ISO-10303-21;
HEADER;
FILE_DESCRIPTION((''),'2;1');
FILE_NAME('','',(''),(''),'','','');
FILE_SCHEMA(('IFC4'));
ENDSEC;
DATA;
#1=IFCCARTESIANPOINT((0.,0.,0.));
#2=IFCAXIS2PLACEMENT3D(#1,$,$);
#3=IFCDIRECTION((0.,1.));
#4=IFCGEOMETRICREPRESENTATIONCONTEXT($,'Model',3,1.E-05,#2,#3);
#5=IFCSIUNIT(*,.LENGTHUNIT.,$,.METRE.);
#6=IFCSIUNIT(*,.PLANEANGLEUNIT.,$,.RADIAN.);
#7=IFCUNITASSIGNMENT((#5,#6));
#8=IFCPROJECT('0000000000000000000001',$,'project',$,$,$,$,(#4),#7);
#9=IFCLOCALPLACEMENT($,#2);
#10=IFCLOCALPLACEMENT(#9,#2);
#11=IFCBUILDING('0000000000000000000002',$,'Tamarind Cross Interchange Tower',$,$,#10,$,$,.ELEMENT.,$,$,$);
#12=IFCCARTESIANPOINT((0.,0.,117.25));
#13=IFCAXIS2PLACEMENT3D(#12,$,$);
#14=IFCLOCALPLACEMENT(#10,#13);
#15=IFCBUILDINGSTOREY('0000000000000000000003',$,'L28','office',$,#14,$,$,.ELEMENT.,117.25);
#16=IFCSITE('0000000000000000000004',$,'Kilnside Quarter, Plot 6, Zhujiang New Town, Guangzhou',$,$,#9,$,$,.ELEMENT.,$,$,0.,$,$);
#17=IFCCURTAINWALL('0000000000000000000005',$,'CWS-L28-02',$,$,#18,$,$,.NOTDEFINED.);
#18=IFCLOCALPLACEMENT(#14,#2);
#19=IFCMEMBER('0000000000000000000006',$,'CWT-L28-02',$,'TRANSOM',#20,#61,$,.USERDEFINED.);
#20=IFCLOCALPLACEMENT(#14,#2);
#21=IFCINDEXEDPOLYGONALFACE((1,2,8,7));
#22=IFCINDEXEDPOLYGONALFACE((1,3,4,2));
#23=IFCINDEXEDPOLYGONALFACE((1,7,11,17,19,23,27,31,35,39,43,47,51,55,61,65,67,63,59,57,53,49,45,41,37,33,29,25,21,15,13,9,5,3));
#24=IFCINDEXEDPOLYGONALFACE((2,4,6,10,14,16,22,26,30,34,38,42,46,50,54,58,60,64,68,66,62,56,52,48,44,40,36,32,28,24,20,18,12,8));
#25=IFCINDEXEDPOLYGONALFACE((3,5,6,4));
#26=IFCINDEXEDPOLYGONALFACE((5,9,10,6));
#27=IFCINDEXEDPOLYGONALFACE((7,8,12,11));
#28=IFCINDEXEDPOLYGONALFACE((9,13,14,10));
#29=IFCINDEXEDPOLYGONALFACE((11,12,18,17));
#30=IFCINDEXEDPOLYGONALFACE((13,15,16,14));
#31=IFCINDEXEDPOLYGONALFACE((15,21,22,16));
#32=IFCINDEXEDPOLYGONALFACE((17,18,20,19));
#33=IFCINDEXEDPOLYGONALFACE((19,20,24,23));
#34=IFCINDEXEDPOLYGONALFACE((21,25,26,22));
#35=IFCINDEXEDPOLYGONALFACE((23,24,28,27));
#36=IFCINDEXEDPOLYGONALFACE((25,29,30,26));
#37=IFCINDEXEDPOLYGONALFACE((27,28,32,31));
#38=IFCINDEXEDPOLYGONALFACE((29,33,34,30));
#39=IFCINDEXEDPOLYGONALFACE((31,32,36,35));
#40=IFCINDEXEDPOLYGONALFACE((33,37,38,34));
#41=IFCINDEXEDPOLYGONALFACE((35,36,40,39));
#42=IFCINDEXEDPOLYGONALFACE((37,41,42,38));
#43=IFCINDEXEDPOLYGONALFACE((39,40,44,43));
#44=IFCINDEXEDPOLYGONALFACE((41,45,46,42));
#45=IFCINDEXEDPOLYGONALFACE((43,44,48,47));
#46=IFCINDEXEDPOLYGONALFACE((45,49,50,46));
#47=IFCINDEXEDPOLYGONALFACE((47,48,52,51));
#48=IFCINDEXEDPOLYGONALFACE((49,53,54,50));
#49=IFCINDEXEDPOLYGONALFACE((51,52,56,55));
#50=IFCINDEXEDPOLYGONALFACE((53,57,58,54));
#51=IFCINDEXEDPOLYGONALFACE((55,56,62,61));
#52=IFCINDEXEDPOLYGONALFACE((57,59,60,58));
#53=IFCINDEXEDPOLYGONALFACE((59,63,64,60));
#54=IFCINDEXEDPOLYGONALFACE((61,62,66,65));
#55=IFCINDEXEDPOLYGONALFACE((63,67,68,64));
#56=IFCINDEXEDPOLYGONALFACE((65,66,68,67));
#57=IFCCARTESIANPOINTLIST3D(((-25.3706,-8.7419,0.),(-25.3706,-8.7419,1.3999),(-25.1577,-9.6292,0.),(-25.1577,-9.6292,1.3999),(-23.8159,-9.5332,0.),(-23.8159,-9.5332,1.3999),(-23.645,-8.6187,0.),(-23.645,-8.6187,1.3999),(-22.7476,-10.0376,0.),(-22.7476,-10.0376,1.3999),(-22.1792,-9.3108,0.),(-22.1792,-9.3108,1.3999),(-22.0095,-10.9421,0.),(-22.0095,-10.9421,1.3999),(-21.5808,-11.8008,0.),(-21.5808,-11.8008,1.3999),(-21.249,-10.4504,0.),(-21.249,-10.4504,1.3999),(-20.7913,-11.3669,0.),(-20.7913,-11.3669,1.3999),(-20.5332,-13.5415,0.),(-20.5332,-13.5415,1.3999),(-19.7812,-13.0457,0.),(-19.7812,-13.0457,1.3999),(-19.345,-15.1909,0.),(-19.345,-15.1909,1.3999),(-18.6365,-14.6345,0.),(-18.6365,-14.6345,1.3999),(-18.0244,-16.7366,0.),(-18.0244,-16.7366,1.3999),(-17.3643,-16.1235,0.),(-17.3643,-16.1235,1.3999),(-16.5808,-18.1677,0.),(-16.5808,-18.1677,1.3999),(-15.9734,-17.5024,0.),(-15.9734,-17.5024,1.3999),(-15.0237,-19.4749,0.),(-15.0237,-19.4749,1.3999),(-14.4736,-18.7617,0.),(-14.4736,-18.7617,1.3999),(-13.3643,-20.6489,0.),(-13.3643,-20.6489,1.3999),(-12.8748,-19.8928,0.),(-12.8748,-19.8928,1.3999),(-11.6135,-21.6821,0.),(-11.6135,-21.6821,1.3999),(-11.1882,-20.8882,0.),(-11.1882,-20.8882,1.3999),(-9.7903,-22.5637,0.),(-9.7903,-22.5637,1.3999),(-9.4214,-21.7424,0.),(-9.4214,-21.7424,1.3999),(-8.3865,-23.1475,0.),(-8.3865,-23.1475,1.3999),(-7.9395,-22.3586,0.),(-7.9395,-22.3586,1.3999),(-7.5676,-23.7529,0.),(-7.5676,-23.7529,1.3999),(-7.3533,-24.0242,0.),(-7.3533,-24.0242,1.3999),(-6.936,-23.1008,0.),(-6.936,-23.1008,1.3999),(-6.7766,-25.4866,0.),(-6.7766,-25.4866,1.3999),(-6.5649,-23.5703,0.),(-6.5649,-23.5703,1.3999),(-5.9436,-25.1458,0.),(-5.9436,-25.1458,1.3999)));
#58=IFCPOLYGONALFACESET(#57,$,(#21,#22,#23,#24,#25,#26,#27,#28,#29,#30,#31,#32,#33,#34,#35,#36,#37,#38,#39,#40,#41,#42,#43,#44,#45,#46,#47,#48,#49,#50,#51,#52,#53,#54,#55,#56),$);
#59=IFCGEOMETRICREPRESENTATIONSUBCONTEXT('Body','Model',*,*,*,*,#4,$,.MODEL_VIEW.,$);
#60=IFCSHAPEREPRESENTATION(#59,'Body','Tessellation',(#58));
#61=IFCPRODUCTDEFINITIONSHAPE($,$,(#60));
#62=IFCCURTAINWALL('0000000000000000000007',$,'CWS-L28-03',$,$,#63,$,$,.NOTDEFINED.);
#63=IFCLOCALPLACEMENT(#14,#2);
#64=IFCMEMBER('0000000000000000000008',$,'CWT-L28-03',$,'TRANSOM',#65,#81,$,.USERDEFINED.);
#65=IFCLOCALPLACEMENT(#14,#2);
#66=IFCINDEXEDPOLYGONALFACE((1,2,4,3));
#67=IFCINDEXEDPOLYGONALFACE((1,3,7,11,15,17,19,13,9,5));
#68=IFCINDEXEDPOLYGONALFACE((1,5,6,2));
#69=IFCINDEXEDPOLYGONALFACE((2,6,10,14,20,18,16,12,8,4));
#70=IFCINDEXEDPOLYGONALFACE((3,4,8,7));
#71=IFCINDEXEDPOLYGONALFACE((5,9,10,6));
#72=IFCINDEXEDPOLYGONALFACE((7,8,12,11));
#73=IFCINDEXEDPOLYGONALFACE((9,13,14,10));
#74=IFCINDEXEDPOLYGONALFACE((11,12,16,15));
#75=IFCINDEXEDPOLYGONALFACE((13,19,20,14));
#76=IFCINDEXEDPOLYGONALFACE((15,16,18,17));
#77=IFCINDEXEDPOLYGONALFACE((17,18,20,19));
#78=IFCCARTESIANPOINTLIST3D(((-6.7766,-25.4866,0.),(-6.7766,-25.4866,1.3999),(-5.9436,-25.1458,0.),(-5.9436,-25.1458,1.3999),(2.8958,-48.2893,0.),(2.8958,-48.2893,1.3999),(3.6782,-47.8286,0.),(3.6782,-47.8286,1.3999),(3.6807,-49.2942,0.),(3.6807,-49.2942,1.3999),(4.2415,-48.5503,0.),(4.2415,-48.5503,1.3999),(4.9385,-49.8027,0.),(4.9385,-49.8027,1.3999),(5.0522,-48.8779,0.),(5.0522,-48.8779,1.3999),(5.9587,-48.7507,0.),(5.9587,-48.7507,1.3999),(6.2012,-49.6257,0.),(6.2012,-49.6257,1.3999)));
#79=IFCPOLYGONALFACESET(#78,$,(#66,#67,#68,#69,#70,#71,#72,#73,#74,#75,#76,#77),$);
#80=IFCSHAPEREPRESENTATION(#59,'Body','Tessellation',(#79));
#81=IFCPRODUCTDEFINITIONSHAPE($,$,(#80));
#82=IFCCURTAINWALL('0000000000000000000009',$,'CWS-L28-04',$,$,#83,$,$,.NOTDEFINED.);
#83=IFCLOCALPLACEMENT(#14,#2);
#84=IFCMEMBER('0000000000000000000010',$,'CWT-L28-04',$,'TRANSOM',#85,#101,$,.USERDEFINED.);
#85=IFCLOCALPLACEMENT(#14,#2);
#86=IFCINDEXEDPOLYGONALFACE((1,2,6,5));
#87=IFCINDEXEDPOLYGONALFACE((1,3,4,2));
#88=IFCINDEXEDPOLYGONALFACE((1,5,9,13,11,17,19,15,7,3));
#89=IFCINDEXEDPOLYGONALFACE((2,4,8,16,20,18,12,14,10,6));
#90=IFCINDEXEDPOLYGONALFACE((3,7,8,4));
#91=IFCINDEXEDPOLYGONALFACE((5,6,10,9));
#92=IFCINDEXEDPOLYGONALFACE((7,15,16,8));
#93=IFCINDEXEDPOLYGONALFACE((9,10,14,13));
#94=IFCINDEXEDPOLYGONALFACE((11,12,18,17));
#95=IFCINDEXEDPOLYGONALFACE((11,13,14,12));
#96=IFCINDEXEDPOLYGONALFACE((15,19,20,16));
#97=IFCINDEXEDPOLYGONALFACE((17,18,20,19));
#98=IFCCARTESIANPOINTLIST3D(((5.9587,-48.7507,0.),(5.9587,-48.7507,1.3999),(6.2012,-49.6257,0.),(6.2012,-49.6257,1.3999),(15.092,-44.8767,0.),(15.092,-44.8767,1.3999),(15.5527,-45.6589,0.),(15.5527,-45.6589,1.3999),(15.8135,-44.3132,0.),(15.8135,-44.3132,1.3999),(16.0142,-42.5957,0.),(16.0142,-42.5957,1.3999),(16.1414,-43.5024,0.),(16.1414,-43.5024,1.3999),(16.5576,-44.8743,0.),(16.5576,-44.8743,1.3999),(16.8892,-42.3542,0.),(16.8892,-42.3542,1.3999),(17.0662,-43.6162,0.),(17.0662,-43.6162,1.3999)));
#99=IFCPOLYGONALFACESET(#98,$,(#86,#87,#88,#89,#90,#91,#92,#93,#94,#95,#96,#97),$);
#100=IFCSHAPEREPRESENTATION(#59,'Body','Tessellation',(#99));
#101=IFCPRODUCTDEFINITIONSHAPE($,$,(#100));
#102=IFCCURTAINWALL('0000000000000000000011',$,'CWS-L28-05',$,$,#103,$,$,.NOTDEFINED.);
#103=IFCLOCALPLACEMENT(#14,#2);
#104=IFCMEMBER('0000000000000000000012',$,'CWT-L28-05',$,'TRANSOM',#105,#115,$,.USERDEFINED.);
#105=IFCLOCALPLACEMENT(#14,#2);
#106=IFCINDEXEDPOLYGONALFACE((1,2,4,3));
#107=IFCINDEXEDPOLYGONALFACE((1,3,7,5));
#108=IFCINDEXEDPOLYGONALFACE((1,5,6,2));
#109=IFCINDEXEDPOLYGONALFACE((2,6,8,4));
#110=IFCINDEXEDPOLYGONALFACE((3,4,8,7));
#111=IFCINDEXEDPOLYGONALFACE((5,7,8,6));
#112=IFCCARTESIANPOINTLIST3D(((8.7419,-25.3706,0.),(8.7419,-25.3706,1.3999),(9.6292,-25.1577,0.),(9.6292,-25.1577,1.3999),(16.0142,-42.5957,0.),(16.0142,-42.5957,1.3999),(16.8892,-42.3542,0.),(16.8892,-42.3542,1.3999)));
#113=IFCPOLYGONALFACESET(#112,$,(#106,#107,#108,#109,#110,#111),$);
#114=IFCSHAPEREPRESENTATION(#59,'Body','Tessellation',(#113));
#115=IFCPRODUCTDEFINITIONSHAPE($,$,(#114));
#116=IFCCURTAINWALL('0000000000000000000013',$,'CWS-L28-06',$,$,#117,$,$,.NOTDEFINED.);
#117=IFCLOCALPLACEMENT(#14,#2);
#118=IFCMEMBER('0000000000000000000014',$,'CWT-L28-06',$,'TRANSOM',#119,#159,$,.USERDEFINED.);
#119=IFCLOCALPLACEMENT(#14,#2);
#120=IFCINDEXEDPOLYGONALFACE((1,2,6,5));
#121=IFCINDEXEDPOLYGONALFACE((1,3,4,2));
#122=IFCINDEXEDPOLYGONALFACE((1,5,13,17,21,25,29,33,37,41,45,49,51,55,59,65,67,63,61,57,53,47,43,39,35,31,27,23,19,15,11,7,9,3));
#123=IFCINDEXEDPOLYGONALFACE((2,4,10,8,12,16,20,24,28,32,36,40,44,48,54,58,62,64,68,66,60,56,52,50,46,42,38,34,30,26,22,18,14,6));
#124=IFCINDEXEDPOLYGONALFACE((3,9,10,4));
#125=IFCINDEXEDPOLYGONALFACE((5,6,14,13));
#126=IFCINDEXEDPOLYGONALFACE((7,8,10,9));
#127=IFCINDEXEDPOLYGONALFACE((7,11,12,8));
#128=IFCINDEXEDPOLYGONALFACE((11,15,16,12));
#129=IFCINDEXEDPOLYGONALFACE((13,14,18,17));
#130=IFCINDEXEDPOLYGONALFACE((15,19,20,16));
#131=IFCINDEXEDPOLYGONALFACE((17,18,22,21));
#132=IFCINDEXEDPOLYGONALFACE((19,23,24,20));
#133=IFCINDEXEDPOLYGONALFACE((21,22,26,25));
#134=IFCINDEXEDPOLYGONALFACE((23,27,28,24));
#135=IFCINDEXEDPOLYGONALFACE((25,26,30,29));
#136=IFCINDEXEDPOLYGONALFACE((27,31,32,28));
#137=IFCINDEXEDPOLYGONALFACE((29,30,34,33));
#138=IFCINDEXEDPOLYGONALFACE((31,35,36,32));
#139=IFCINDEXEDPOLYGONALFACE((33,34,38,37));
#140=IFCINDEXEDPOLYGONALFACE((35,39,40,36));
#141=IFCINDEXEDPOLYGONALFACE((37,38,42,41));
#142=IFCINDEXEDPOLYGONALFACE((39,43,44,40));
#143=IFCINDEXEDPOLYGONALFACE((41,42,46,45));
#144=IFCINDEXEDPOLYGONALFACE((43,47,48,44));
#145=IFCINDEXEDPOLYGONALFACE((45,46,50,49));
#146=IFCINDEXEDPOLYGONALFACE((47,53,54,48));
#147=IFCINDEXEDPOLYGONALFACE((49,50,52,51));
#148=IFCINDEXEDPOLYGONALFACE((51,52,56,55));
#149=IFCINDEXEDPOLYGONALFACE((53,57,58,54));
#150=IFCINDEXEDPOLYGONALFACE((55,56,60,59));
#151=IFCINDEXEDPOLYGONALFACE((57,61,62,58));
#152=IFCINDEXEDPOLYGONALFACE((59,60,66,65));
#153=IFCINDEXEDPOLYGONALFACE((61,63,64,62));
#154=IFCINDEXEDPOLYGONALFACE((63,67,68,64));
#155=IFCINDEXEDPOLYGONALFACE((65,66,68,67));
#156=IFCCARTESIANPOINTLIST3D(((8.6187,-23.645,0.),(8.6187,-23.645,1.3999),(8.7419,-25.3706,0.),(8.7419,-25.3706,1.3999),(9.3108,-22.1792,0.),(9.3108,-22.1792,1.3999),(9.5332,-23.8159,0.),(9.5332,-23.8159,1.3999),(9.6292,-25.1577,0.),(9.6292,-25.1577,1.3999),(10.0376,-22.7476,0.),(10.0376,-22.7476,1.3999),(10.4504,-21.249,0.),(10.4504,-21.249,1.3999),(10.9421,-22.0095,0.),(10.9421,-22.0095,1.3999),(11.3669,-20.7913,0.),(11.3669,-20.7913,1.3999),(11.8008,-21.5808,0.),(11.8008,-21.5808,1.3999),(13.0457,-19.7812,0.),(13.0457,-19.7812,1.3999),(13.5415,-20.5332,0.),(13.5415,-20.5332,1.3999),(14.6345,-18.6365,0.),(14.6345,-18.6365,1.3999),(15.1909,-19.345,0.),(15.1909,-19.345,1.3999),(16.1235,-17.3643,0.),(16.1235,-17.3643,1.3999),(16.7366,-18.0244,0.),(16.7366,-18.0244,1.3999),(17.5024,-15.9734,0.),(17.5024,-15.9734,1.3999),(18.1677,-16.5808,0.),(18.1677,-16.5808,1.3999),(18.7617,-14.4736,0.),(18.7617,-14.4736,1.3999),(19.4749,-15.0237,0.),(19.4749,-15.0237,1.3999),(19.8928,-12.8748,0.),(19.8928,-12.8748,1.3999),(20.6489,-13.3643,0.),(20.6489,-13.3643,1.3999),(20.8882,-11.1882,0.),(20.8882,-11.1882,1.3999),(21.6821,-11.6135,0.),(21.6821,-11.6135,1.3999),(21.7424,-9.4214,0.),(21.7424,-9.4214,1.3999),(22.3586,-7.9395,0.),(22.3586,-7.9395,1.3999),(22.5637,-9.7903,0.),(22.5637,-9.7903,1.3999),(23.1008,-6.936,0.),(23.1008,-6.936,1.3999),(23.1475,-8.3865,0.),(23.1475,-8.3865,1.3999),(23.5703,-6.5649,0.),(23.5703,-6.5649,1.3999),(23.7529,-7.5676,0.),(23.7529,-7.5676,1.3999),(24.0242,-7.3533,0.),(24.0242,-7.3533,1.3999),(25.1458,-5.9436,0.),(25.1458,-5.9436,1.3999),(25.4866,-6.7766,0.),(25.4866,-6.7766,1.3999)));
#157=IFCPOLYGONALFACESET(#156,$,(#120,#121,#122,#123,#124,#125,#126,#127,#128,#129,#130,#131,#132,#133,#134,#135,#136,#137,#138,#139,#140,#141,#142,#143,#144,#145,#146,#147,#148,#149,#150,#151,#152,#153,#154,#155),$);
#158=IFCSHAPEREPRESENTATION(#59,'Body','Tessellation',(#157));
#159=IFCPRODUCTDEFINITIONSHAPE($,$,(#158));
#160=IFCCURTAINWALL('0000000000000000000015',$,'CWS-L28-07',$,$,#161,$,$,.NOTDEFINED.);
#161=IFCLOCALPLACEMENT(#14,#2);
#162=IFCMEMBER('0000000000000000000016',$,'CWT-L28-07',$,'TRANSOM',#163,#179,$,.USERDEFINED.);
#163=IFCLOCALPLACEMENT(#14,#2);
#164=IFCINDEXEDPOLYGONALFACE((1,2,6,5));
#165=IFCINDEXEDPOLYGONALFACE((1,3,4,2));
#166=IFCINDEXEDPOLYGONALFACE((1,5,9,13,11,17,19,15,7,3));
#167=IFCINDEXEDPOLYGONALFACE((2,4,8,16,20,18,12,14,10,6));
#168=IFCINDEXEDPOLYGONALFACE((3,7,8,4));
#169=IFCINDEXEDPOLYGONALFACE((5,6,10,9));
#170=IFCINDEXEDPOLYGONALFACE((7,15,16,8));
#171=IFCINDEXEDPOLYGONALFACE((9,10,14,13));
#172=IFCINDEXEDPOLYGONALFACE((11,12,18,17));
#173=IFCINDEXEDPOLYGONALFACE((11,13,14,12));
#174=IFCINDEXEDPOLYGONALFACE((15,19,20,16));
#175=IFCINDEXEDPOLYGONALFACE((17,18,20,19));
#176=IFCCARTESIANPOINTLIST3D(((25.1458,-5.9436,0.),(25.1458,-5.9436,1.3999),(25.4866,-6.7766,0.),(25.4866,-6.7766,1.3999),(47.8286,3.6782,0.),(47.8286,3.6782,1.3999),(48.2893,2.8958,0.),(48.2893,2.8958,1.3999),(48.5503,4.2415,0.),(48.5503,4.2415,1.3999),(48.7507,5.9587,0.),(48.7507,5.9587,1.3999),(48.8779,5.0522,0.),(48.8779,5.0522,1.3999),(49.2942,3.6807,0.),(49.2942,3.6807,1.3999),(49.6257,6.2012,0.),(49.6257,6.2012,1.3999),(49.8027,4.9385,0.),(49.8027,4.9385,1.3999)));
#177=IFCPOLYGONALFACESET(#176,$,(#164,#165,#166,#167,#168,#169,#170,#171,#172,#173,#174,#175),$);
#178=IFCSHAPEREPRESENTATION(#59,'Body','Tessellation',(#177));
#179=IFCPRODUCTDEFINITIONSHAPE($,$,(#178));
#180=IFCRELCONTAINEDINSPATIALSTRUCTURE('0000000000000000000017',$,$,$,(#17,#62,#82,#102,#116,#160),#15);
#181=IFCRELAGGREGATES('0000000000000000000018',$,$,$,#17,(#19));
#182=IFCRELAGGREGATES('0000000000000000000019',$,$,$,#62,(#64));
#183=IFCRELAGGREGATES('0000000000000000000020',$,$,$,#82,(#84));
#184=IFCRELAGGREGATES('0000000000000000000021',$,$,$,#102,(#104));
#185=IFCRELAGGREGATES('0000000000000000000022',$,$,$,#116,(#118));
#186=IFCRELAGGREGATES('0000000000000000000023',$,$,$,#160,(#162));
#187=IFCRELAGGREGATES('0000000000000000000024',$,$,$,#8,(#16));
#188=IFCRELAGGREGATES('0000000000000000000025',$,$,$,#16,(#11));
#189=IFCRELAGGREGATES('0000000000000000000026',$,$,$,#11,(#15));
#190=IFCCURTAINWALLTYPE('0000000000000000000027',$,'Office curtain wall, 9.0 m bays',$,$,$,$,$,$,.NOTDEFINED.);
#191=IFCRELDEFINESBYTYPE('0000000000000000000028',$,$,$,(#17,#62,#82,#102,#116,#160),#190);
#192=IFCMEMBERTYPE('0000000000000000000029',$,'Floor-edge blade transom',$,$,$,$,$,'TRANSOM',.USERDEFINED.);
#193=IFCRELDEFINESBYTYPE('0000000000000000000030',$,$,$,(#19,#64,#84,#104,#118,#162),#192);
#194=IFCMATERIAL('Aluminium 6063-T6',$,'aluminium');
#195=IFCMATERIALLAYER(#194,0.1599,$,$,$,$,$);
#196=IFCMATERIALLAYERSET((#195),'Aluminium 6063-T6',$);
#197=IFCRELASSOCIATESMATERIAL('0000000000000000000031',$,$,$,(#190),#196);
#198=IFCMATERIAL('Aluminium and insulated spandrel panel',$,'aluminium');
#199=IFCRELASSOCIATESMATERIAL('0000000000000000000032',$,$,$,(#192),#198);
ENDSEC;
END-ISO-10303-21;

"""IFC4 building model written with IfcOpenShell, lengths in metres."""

from ifc_helpers import new_model, si_unit, direction, frame, origin, place, context, subcontext, project, spatial, polyline, outline, extrude, material, layer, layer_set, type_object, element, aggregate, save


model = new_model("IFC4")

# Units and contexts
model_context = context("Model", 3, precision=1e-05, world=origin(), true_north=direction((0.0, 1.0)))
body_context = subcontext(model_context, "Body", "Model", "MODEL_VIEW")
ifc_project = project(units=[si_unit("LENGTHUNIT", "METRE"), si_unit("PLANEANGLEUNIT", "RADIAN")], contexts=[model_context])

# Site, building, storey
site_placement = place(None, origin())
site = spatial("IfcSite", under=ifc_project, at=site_placement, Name="Kilnside Quarter, Plot 6, Zhujiang New Town, Guangzhou", CompositionType="ELEMENT", RefElevation=0.0)
building_placement = place(site_placement, origin())
building = spatial("IfcBuilding", under=site, at=building_placement, Name="Tamarind Cross Interchange Tower", CompositionType="ELEMENT")
storey_placement = place(building_placement, frame((0.0, 0.0, 117.25)))
storey = spatial("IfcBuildingStorey", under=building, at=storey_placement, Name="L28", Description="office", CompositionType="ELEMENT", Elevation=117.25)

# Curtain walls, members
ifc_material_1 = material(Name="Aluminium 6063-T6", Category="aluminium")
ifc_layer_1 = layer(ifc_material_1, 0.1599)
ifc_layer_set_1 = layer_set([ifc_layer_1], Name="Aluminium 6063-T6")
curtain_wall_type = type_object("IfcCurtainWallType", Name="Office curtain wall, 9.0 m bays", PredefinedType="NOTDEFINED", material=ifc_layer_set_1)
curtain_wall_1_placement = place(storey_placement, origin())
curtain_wall_1 = element("IfcCurtainWall", 1, at=curtain_wall_1_placement, inside=storey, type_object=curtain_wall_type, Name="CWS-L28-02", PredefinedType="NOTDEFINED")
ifc_material_2 = material(Name="Aluminium and insulated spandrel panel", Category="aluminium")
member_type = type_object("IfcMemberType", Name="Floor-edge blade transom", ElementType="TRANSOM", PredefinedType="USERDEFINED", material=ifc_material_2)
member_1_placement = place(storey_placement, origin())
member_1 = element("IfcMember", 2, at=member_1_placement, type_object=member_type, Name="CWT-L28-02", ObjectType="TRANSOM", PredefinedType="USERDEFINED", context=body_context, shape_type="SweptSolid", body=[
    extrude(outline(polyline([(-25.3706, -8.7419), (-23.645, -8.6187), (-22.1792, -9.3108), (-21.249, -10.4504), (-20.7913, -11.3669), (-19.7812, -13.0457), (-18.6365, -14.6345), (-17.3643, -16.1235), (-15.9734, -17.5024), (-14.4736, -18.7617), (-12.8748, -19.8928), (-11.1882, -20.8882), (-9.4214, -21.7424), (-7.9395, -22.3586), (-6.936, -23.1008), (-6.5649, -23.5703), (-5.9436, -25.1458), (-6.7766, -25.4866), (-7.3533, -24.0242), (-7.5676, -23.7529), (-8.3865, -23.1475), (-9.7903, -22.5637), (-11.6135, -21.6821), (-13.3643, -20.6489), (-15.0237, -19.4749), (-16.5808, -18.1677), (-18.0244, -16.7366), (-19.345, -15.1909), (-20.5332, -13.5415), (-21.5808, -11.8008), (-22.0095, -10.9421), (-22.7476, -10.0376), (-23.8159, -9.5332), (-25.1577, -9.6292), (-25.3706, -8.7419)])), origin(), (0.0, 0.0, 1.0), 1.3999),
])
curtain_wall_2_placement = place(storey_placement, origin())
curtain_wall_2 = element("IfcCurtainWall", 3, at=curtain_wall_2_placement, inside=storey, type_object=curtain_wall_type, Name="CWS-L28-03", PredefinedType="NOTDEFINED")
member_2_placement = place(storey_placement, origin())
member_2 = element("IfcMember", 4, at=member_2_placement, type_object=member_type, Name="CWT-L28-03", ObjectType="TRANSOM", PredefinedType="USERDEFINED", context=body_context, shape_type="SweptSolid", body=[
    extrude(outline(polyline([(-5.9436, -25.1458), (3.6782, -47.8286), (4.2415, -48.5503), (5.0522, -48.8779), (5.9587, -48.7507), (6.2012, -49.6257), (4.9385, -49.8027), (3.6807, -49.2942), (2.8958, -48.2893), (-6.7766, -25.4866), (-5.9436, -25.1458)])), origin(), (0.0, 0.0, 1.0), 1.3999),
])
curtain_wall_3_placement = place(storey_placement, origin())
curtain_wall_3 = element("IfcCurtainWall", 5, at=curtain_wall_3_placement, inside=storey, type_object=curtain_wall_type, Name="CWS-L28-04", PredefinedType="NOTDEFINED")
member_3_placement = place(storey_placement, origin())
member_3 = element("IfcMember", 6, at=member_3_placement, type_object=member_type, Name="CWT-L28-04", ObjectType="TRANSOM", PredefinedType="USERDEFINED", context=body_context, shape_type="SweptSolid", body=[
    extrude(outline(polyline([(5.9587, -48.7507), (15.092, -44.8767), (15.8135, -44.3132), (16.1414, -43.5024), (16.0142, -42.5957), (16.8892, -42.3542), (17.0662, -43.6162), (16.5576, -44.8743), (15.5527, -45.6589), (6.2012, -49.6257), (5.9587, -48.7507)])), origin(), (0.0, 0.0, 1.0), 1.3999),
])
curtain_wall_4_placement = place(storey_placement, origin())
curtain_wall_4 = element("IfcCurtainWall", 7, at=curtain_wall_4_placement, inside=storey, type_object=curtain_wall_type, Name="CWS-L28-05", PredefinedType="NOTDEFINED")
member_4_placement = place(storey_placement, origin())
member_4 = element("IfcMember", 8, at=member_4_placement, type_object=member_type, Name="CWT-L28-05", ObjectType="TRANSOM", PredefinedType="USERDEFINED", context=body_context, shape_type="SweptSolid", body=[
    extrude(outline(polyline([(16.0142, -42.5957), (8.7419, -25.3706), (9.6292, -25.1577), (16.8892, -42.3542), (16.0142, -42.5957)])), origin(), (0.0, 0.0, 1.0), 1.3999),
])
curtain_wall_5_placement = place(storey_placement, origin())
curtain_wall_5 = element("IfcCurtainWall", 9, at=curtain_wall_5_placement, inside=storey, type_object=curtain_wall_type, Name="CWS-L28-06", PredefinedType="NOTDEFINED")
member_5_placement = place(storey_placement, origin())
member_5 = element("IfcMember", 10, at=member_5_placement, type_object=member_type, Name="CWT-L28-06", ObjectType="TRANSOM", PredefinedType="USERDEFINED", context=body_context, shape_type="SweptSolid", body=[
    extrude(outline(polyline([(8.7419, -25.3706), (8.6187, -23.645), (9.3108, -22.1792), (10.4504, -21.249), (11.3669, -20.7913), (13.0457, -19.7812), (14.6345, -18.6365), (16.1235, -17.3643), (17.5024, -15.9734), (18.7617, -14.4736), (19.8928, -12.8748), (20.8882, -11.1882), (21.7424, -9.4214), (22.3586, -7.9395), (23.1008, -6.936), (23.5703, -6.5649), (25.1458, -5.9436), (25.4866, -6.7766), (24.0242, -7.3533), (23.7529, -7.5676), (23.1475, -8.3865), (22.5637, -9.7903), (21.6821, -11.6135), (20.6489, -13.3643), (19.4749, -15.0237), (18.1677, -16.5808), (16.7366, -18.0244), (15.1909, -19.345), (13.5415, -20.5332), (11.8008, -21.5808), (10.9421, -22.0095), (10.0376, -22.7476), (9.5332, -23.8159), (9.6292, -25.1577), (8.7419, -25.3706)])), origin(), (0.0, 0.0, 1.0), 1.3999),
])
curtain_wall_6_placement = place(storey_placement, origin())
curtain_wall_6 = element("IfcCurtainWall", 11, at=curtain_wall_6_placement, inside=storey, type_object=curtain_wall_type, Name="CWS-L28-07", PredefinedType="NOTDEFINED")
member_6_placement = place(storey_placement, origin())
member_6 = element("IfcMember", 12, at=member_6_placement, type_object=member_type, Name="CWT-L28-07", ObjectType="TRANSOM", PredefinedType="USERDEFINED", context=body_context, shape_type="SweptSolid", body=[
    extrude(outline(polyline([(25.1458, -5.9436), (47.8286, 3.6782), (48.5503, 4.2415), (48.8779, 5.0522), (48.7507, 5.9587), (49.6257, 6.2012), (49.8027, 4.9385), (49.2942, 3.6807), (48.2893, 2.8958), (25.4866, -6.7766), (25.1458, -5.9436)])), origin(), (0.0, 0.0, 1.0), 1.3999),
])

aggregate(curtain_wall_1, [member_1])
aggregate(curtain_wall_2, [member_2])
aggregate(curtain_wall_3, [member_3])
aggregate(curtain_wall_4, [member_4])
aggregate(curtain_wall_5, [member_5])
aggregate(curtain_wall_6, [member_6])

save(model, "model.ifc")
